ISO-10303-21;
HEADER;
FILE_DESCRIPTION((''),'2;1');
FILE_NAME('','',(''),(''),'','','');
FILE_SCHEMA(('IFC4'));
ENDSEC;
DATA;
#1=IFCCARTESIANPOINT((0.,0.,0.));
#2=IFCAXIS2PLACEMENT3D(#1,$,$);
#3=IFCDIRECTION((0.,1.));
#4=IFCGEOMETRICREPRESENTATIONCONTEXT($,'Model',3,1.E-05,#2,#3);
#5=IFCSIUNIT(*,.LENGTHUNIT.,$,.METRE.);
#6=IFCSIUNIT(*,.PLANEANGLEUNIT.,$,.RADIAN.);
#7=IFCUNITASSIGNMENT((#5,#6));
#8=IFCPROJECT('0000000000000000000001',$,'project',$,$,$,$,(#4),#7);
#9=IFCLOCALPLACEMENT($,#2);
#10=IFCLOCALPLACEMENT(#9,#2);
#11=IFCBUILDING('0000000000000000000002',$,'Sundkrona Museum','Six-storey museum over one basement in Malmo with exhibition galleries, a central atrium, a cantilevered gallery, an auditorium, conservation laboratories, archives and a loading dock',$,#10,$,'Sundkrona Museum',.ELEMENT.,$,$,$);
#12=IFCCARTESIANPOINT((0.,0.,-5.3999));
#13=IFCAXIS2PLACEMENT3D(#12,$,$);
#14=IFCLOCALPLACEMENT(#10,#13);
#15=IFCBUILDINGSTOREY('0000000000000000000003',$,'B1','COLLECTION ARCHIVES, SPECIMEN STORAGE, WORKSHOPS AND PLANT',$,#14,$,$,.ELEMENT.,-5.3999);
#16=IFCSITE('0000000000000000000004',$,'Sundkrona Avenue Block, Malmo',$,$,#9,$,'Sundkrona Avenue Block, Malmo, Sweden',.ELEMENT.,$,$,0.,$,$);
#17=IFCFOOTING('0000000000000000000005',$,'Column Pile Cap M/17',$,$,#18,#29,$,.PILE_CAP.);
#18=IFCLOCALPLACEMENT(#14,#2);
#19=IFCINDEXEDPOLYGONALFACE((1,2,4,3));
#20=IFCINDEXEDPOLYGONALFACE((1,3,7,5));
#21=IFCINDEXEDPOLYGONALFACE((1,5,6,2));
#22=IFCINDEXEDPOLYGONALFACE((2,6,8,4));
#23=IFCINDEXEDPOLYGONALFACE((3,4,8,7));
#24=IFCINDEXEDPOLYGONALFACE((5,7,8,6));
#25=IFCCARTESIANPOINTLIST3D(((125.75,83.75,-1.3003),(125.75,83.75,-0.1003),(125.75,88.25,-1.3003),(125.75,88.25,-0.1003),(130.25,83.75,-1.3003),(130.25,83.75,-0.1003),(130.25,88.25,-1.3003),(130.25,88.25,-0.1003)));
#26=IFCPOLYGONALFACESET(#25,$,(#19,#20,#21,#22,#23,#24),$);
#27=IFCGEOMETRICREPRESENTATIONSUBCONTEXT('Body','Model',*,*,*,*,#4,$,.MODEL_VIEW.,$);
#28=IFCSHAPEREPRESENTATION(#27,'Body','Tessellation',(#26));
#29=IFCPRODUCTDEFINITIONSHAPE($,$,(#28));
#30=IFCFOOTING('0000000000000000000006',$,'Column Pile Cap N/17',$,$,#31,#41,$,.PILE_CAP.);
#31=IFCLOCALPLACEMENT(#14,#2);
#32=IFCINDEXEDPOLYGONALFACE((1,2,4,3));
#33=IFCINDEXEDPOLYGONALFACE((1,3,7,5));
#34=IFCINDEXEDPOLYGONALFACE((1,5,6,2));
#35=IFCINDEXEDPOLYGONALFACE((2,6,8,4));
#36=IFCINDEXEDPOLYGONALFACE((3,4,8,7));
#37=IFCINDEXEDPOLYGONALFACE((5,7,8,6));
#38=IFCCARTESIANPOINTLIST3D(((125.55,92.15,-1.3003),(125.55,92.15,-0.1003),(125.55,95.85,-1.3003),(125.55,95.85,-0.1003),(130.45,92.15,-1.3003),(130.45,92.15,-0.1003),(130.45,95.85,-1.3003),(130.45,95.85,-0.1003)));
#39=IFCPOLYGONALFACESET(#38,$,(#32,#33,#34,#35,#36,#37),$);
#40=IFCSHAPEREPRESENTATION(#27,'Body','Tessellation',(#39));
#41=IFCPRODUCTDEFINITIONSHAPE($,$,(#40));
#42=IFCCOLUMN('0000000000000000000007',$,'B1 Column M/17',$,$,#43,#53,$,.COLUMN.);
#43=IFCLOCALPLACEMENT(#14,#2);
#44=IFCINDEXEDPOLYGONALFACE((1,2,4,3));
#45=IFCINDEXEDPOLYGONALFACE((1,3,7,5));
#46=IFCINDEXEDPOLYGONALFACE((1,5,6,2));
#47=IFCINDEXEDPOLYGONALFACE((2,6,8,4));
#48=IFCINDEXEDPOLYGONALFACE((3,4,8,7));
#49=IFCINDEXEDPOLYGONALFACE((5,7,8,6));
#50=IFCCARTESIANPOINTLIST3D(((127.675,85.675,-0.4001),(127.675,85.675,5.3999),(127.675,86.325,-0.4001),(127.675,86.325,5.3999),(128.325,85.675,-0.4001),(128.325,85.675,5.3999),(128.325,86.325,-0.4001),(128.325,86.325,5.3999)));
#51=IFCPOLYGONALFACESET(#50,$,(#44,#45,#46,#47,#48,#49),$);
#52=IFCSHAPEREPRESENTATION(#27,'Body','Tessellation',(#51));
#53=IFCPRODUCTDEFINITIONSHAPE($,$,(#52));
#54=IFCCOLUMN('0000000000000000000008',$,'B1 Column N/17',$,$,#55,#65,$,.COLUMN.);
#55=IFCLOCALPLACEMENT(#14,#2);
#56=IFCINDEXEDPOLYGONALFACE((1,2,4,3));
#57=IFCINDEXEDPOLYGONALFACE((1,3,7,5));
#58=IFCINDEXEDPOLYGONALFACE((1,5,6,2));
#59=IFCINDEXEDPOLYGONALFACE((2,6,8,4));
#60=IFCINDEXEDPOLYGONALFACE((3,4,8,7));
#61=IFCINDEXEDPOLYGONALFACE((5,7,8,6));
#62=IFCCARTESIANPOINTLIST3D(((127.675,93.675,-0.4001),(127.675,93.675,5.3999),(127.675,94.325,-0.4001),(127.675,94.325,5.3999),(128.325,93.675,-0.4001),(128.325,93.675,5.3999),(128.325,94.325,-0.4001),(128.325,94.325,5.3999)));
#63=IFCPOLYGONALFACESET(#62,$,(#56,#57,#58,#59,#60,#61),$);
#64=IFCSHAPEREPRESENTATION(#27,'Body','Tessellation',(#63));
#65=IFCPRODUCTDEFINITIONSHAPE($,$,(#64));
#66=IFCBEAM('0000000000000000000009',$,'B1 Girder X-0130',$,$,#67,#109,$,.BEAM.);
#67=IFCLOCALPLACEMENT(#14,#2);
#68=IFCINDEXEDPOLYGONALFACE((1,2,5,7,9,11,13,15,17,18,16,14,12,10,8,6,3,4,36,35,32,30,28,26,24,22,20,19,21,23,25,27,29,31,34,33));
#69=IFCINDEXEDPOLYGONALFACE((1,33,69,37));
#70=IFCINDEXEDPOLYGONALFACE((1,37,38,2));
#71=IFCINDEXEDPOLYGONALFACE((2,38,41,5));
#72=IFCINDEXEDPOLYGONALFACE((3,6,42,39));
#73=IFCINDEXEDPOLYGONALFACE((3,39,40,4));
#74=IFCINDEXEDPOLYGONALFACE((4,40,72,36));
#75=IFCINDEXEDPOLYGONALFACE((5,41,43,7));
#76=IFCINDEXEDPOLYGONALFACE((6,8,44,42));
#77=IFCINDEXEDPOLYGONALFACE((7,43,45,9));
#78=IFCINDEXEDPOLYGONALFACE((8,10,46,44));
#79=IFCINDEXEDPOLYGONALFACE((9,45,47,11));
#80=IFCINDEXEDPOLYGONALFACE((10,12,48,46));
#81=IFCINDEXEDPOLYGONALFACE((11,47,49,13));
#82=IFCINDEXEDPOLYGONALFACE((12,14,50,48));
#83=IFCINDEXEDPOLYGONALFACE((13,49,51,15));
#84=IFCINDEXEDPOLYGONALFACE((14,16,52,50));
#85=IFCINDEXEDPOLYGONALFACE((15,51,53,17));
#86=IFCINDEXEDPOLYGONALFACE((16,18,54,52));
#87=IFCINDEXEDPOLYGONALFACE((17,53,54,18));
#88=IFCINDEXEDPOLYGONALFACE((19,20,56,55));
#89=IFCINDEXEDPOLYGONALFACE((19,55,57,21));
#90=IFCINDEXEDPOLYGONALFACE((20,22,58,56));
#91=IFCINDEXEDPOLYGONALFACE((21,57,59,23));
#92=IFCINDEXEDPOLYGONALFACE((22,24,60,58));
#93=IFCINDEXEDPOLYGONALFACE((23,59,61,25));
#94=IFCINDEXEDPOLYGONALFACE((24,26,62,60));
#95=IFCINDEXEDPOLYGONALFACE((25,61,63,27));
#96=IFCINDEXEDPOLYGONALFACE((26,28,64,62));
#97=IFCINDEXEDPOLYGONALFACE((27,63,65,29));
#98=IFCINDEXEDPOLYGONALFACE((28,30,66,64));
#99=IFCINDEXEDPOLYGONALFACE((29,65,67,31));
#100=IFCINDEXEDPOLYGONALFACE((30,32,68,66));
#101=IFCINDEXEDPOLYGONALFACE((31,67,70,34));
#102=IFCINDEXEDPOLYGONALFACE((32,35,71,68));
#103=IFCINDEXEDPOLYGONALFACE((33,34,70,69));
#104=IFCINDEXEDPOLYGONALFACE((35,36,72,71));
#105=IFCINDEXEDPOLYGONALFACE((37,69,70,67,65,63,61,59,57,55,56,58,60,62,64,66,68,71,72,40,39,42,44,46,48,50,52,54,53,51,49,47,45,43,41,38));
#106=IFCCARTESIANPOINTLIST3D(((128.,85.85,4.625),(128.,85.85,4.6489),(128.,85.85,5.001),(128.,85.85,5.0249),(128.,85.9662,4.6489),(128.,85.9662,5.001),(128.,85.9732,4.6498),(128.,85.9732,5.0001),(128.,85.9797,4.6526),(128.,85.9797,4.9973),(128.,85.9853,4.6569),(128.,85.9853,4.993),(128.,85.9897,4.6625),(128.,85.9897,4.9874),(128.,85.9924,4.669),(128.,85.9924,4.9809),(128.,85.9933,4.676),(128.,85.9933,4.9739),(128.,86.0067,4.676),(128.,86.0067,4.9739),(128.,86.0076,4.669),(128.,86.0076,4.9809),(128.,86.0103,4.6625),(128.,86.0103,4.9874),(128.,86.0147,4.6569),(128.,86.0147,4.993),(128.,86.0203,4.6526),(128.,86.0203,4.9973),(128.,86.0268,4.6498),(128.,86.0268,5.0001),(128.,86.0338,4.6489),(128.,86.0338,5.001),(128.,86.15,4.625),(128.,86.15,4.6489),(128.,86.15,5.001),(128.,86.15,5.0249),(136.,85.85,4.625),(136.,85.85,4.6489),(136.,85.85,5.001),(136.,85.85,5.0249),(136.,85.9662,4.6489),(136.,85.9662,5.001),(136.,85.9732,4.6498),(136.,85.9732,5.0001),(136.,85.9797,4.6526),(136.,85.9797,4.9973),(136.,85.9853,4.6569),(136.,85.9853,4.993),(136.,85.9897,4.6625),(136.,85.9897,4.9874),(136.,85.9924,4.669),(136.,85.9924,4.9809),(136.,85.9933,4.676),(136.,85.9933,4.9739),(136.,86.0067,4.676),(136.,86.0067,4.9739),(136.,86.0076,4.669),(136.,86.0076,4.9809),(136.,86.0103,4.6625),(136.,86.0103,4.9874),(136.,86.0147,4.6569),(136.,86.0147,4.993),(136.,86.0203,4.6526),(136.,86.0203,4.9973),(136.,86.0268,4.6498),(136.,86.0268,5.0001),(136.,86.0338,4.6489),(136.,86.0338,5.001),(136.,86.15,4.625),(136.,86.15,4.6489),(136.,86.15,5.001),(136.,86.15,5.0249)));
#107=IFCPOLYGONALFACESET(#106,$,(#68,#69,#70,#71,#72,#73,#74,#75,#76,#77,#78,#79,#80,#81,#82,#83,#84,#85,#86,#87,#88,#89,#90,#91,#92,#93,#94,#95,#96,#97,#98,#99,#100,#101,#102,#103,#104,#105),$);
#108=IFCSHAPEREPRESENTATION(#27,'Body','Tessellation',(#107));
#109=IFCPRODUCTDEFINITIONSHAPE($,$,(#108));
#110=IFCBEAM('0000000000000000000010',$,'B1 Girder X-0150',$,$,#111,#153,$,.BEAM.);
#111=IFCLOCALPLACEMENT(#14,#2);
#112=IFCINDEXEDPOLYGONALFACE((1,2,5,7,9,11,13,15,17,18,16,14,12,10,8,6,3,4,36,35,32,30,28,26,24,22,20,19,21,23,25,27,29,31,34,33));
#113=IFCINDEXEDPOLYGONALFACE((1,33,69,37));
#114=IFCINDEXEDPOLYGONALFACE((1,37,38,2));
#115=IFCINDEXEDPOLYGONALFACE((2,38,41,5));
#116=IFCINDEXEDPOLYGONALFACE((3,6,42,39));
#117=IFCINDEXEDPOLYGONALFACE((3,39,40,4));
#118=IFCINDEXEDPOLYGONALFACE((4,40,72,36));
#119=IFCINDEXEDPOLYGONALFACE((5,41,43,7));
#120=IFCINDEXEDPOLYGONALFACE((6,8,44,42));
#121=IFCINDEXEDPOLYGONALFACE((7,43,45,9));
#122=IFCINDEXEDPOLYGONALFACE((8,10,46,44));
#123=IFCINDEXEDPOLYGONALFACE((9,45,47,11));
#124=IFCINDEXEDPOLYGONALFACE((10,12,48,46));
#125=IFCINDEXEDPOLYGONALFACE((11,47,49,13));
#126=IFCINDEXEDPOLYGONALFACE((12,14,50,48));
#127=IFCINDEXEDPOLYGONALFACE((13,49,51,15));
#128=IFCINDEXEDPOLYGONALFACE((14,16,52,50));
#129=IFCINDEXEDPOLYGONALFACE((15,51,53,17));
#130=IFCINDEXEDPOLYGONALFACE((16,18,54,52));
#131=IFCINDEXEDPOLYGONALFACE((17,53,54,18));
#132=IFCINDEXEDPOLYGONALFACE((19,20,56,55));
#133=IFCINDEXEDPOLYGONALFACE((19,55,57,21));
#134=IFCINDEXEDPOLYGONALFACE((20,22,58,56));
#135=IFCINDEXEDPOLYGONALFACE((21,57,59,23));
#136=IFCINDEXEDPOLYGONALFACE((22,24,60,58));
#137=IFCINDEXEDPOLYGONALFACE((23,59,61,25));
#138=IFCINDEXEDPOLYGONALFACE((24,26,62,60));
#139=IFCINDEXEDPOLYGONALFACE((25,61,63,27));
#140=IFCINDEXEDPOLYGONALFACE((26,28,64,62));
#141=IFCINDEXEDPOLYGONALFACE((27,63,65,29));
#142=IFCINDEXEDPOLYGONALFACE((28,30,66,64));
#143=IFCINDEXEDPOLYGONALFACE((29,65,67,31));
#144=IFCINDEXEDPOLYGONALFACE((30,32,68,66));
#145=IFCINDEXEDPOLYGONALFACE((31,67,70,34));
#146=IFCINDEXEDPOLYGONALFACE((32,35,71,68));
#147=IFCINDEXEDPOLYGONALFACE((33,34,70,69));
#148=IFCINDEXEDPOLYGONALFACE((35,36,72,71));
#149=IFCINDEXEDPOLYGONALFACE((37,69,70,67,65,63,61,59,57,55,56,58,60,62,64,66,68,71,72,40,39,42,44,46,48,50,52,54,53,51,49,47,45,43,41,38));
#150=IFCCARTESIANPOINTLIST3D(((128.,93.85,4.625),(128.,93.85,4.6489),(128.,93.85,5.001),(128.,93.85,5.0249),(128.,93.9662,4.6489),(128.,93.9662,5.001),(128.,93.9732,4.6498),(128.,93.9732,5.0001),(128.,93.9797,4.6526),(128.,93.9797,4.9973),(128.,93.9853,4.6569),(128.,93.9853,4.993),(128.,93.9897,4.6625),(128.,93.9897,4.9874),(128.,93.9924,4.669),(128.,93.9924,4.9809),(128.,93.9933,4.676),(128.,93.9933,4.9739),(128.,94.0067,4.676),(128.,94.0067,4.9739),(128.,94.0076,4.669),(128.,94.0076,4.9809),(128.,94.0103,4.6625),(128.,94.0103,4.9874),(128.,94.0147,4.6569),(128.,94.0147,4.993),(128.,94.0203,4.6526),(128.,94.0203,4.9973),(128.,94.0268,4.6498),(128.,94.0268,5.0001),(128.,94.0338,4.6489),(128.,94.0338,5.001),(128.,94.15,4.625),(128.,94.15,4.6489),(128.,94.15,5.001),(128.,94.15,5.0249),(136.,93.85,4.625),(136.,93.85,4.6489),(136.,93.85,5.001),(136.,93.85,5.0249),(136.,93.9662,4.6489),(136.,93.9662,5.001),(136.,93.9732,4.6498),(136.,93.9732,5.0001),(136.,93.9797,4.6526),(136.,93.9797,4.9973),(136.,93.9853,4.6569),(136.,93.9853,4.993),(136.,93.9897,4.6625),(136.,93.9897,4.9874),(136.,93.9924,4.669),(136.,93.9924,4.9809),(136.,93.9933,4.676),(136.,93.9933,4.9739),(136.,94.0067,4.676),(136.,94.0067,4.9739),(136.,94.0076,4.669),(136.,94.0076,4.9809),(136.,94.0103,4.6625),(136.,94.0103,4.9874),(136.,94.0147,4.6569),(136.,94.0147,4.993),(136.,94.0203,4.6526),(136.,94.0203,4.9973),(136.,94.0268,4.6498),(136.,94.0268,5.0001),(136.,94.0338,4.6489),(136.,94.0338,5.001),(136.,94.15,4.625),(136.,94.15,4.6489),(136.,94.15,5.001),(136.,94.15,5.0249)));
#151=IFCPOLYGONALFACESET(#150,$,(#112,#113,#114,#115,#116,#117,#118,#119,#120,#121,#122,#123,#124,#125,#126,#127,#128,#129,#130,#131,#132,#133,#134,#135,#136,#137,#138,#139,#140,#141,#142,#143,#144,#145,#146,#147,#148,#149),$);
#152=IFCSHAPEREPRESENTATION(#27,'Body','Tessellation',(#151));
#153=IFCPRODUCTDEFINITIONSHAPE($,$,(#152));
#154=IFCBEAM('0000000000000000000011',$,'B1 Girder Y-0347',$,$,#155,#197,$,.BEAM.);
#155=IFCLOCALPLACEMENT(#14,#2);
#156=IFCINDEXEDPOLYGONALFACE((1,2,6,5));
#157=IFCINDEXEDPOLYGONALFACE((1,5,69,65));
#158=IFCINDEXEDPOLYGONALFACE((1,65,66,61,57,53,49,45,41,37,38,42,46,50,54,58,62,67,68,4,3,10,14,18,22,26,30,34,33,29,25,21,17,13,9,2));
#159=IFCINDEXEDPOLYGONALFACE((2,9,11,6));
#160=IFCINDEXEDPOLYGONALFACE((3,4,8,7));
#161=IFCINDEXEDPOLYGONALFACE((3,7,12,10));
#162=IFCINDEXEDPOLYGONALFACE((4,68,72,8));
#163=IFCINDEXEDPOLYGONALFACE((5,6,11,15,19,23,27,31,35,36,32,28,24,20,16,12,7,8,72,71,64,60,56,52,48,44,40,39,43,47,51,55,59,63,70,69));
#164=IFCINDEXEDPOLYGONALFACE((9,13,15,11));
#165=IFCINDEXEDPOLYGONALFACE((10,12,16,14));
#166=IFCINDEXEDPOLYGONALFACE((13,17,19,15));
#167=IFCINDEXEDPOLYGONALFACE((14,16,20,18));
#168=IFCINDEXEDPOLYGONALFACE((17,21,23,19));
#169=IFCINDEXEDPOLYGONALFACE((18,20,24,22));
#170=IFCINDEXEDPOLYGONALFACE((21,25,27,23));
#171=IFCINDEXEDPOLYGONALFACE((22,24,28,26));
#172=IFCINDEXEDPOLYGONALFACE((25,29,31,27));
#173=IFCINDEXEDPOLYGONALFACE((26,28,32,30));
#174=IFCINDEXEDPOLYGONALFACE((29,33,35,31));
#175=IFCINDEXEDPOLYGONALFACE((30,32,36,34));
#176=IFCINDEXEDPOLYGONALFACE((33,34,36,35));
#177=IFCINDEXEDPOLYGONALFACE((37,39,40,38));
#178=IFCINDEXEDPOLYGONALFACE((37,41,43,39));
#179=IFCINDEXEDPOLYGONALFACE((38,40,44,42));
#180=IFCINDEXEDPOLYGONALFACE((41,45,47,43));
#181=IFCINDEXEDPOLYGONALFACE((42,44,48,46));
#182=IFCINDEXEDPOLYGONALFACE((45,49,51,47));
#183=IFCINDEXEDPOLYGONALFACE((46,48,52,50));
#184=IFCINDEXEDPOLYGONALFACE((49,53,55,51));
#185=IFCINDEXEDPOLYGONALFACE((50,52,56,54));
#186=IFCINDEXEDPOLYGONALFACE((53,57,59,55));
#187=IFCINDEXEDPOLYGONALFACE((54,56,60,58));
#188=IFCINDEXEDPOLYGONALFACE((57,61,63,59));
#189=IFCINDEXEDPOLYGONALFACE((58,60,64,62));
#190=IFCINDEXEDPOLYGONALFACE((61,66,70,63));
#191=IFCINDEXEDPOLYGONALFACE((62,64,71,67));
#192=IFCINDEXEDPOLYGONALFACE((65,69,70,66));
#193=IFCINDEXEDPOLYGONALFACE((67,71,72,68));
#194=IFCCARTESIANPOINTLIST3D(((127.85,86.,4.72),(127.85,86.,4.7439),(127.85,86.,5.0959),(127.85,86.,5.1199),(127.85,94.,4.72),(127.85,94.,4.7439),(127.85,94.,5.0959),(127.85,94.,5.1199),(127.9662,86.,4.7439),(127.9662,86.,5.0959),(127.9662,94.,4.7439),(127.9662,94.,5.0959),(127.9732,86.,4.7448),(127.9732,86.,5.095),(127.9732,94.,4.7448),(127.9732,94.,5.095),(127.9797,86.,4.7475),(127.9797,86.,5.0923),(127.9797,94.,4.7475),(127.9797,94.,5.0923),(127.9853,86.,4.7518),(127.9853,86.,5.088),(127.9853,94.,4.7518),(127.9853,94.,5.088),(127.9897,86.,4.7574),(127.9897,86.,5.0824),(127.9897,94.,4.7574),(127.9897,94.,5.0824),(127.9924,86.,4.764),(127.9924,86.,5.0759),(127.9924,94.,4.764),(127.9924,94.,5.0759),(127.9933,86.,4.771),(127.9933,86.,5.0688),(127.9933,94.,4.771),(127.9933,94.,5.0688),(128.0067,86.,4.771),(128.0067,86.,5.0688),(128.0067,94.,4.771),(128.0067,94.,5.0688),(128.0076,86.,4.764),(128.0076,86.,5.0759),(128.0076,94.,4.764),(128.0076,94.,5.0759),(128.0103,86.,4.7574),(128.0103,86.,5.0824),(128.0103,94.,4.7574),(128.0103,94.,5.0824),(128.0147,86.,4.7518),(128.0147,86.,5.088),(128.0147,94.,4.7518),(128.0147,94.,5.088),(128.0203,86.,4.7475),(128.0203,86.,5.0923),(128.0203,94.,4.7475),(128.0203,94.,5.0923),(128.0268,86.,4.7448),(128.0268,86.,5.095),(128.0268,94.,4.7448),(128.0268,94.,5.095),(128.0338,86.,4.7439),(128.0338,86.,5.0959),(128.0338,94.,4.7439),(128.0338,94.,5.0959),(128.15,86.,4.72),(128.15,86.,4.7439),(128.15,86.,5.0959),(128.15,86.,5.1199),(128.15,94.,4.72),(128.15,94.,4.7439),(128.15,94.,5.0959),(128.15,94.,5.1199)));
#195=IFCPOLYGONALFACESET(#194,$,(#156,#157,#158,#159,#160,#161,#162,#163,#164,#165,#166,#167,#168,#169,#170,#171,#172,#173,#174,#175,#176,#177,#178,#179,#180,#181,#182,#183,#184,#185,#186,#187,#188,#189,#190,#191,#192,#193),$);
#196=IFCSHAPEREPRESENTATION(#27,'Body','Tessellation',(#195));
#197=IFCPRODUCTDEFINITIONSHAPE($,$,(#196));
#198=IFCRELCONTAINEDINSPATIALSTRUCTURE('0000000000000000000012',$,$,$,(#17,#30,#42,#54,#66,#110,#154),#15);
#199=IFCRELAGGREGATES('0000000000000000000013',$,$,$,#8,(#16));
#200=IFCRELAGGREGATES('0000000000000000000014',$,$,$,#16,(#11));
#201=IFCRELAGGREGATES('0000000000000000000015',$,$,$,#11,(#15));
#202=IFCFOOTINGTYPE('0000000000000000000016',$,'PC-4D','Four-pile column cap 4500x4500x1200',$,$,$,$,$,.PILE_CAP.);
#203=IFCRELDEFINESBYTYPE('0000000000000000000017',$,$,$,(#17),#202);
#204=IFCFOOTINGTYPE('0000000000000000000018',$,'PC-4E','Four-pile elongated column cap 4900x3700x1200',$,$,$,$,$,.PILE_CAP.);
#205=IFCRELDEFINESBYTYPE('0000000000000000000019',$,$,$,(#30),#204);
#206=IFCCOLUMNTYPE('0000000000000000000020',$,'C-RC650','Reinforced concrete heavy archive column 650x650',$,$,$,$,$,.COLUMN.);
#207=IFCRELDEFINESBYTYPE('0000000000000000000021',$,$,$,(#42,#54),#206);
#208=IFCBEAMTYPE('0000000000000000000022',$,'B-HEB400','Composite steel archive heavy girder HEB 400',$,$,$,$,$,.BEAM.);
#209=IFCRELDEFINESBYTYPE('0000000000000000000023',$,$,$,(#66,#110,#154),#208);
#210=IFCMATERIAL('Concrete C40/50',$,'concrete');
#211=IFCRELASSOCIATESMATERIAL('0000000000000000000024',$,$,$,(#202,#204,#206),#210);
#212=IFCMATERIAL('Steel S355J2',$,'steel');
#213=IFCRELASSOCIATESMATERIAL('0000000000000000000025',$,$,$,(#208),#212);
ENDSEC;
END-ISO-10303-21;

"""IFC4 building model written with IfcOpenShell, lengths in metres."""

from ifc_helpers import new_model, si_unit, direction, frame, origin, origin_2d, place, context, subcontext, project, spatial, rectangle, i_section, extrude, material, material_profile, profile_set, type_object, element, save


model = new_model("IFC4")

# Units and contexts
model_context = context("Model", 3, precision=1e-05, world=origin(), true_north=direction((0.0, 1.0)))
body_context = subcontext(model_context, "Body", "Model", "MODEL_VIEW")
ifc_project = project(units=[si_unit("LENGTHUNIT", "METRE"), si_unit("PLANEANGLEUNIT", "RADIAN")], contexts=[model_context])

# Site, building, storey
site_placement = place(None, origin())
site = spatial("IfcSite", under=ifc_project, at=site_placement, Name="Sundkrona Avenue Block, Malmo", LongName="Sundkrona Avenue Block, Malmo, Sweden", CompositionType="ELEMENT", RefElevation=0.0)
building_placement = place(site_placement, origin())
building = spatial("IfcBuilding", under=site, at=building_placement, Name="Sundkrona Museum", Description="Six-storey museum over one basement in Malmo with exhibition galleries, a central atrium, a cantilevered gallery, an auditorium, conservation laboratories, archives and a loading dock", LongName="Sundkrona Museum", CompositionType="ELEMENT")
storey_placement = place(building_placement, frame((0.0, 0.0, -5.3999)))
storey = spatial("IfcBuildingStorey", under=building, at=storey_placement, Name="B1", Description="COLLECTION ARCHIVES, SPECIMEN STORAGE, WORKSHOPS AND PLANT", CompositionType="ELEMENT", Elevation=-5.3999)

# Shared definitions
ifc_material_1 = material(Name="Concrete C40/50", Category="concrete")

# Footings
footing_type_1 = type_object("IfcFootingType", Name="PC-4D", Description="Four-pile column cap 4500x4500x1200", PredefinedType="PILE_CAP", material=ifc_material_1)
footing_1_placement = place(storey_placement, frame((128.0, 86.0, -1.3003), z_axis=(0.0, 0.0, 1.0), x_axis=(1.0, 0.0, 0.0)))
element("IfcFooting", 1, at=footing_1_placement, inside=storey, type_object=footing_type_1, Name="Column Pile Cap M/17", PredefinedType="PILE_CAP", context=body_context, shape_type="SweptSolid", body=[
    extrude(rectangle(XDim=4.5, YDim=4.5, at=origin_2d()), origin(), (0.0, 0.0, 1.0), 1.2),
])
footing_type_2 = type_object("IfcFootingType", Name="PC-4E", Description="Four-pile elongated column cap 4900x3700x1200", PredefinedType="PILE_CAP", material=ifc_material_1)
footing_2_placement = place(storey_placement, frame((128.0, 94.0, -1.3003), z_axis=(0.0, 0.0, 1.0), x_axis=(1.0, 0.0, 0.0)))
element("IfcFooting", 2, at=footing_2_placement, inside=storey, type_object=footing_type_2, Name="Column Pile Cap N/17", PredefinedType="PILE_CAP", context=body_context, shape_type="SweptSolid", body=[
    extrude(rectangle(XDim=4.8999, YDim=3.7, at=origin_2d()), origin(), (0.0, 0.0, 1.0), 1.2),
])

# Columns
ifc_material_profile_1 = material_profile(ifc_material_1, rectangle(XDim=0.6499, YDim=0.6499, at=origin_2d()), Name="RC 650x650")
ifc_profile_set_1 = profile_set([ifc_material_profile_1], Name="Concrete C40/50")
column_type = type_object("IfcColumnType", Name="C-RC650", Description="Reinforced concrete heavy archive column 650x650", PredefinedType="COLUMN", material=ifc_profile_set_1)
for number, where, z_axis, x_axis, name in (
    (3, (128.0, 86.0, -0.4001), (0.0, 0.0, 1.0), (1.0, 0.0, 0.0), "B1 Column M/17"),
    (4, (128.0, 94.0, -0.4001), (0.0, 0.0, 1.0), (1.0, 0.0, 0.0), "B1 Column N/17"),
):
    element("IfcColumn", number, at=place(storey_placement, frame(where, z_axis=z_axis, x_axis=x_axis)), inside=storey, type_object=column_type, Name=name, PredefinedType="COLUMN", context=body_context, shape_type="SweptSolid", body=[
        extrude(rectangle(XDim=0.6499, YDim=0.6499, at=origin_2d()), origin(), (0.0, 0.0, 1.0), 5.8),
    ])

# Beams
ifc_material_2 = material(Name="Steel S355J2", Category="steel")
ifc_material_profile_2 = material_profile(ifc_material_2, i_section(OverallWidth=0.3, OverallDepth=0.3999, WebThickness=0.0134, FlangeThickness=0.0239, FilletRadius=0.0271, at=origin_2d()), Name="HEB 400")
ifc_profile_set_2 = profile_set([ifc_material_profile_2], Name="Steel S355J2")
beam_type_1 = type_object("IfcBeamType", Name="B-HEB400", Description="Composite steel archive heavy girder HEB 400", PredefinedType="BEAM", material=ifc_profile_set_2)
for number, where, z_axis, x_axis, name in (
    (5, (128.0, 86.0, 4.825), (1.0, 0.0, 0.0), (0.0, 1.0, 0.0), "B1 Girder X-0130"),
    (6, (128.0, 94.0, 4.825), (1.0, 0.0, 0.0), (0.0, 1.0, 0.0), "B1 Girder X-0150"),
    (7, (128.0, 86.0, 4.9199), (0.0, 1.0, 0.0), (-1.0, 0.0, 0.0), "B1 Girder Y-0347"),
):
    element("IfcBeam", number, at=place(storey_placement, frame(where, z_axis=z_axis, x_axis=x_axis)), inside=storey, type_object=beam_type_1, Name=name, PredefinedType="BEAM", context=body_context, shape_type="SweptSolid", body=[
        extrude(i_section(OverallWidth=0.3, OverallDepth=0.3999, WebThickness=0.0134, FlangeThickness=0.0239, FilletRadius=0.0271, at=origin_2d()), origin(), (0.0, 0.0, 1.0), 8.0),
    ])

save(model, "model.ifc")
